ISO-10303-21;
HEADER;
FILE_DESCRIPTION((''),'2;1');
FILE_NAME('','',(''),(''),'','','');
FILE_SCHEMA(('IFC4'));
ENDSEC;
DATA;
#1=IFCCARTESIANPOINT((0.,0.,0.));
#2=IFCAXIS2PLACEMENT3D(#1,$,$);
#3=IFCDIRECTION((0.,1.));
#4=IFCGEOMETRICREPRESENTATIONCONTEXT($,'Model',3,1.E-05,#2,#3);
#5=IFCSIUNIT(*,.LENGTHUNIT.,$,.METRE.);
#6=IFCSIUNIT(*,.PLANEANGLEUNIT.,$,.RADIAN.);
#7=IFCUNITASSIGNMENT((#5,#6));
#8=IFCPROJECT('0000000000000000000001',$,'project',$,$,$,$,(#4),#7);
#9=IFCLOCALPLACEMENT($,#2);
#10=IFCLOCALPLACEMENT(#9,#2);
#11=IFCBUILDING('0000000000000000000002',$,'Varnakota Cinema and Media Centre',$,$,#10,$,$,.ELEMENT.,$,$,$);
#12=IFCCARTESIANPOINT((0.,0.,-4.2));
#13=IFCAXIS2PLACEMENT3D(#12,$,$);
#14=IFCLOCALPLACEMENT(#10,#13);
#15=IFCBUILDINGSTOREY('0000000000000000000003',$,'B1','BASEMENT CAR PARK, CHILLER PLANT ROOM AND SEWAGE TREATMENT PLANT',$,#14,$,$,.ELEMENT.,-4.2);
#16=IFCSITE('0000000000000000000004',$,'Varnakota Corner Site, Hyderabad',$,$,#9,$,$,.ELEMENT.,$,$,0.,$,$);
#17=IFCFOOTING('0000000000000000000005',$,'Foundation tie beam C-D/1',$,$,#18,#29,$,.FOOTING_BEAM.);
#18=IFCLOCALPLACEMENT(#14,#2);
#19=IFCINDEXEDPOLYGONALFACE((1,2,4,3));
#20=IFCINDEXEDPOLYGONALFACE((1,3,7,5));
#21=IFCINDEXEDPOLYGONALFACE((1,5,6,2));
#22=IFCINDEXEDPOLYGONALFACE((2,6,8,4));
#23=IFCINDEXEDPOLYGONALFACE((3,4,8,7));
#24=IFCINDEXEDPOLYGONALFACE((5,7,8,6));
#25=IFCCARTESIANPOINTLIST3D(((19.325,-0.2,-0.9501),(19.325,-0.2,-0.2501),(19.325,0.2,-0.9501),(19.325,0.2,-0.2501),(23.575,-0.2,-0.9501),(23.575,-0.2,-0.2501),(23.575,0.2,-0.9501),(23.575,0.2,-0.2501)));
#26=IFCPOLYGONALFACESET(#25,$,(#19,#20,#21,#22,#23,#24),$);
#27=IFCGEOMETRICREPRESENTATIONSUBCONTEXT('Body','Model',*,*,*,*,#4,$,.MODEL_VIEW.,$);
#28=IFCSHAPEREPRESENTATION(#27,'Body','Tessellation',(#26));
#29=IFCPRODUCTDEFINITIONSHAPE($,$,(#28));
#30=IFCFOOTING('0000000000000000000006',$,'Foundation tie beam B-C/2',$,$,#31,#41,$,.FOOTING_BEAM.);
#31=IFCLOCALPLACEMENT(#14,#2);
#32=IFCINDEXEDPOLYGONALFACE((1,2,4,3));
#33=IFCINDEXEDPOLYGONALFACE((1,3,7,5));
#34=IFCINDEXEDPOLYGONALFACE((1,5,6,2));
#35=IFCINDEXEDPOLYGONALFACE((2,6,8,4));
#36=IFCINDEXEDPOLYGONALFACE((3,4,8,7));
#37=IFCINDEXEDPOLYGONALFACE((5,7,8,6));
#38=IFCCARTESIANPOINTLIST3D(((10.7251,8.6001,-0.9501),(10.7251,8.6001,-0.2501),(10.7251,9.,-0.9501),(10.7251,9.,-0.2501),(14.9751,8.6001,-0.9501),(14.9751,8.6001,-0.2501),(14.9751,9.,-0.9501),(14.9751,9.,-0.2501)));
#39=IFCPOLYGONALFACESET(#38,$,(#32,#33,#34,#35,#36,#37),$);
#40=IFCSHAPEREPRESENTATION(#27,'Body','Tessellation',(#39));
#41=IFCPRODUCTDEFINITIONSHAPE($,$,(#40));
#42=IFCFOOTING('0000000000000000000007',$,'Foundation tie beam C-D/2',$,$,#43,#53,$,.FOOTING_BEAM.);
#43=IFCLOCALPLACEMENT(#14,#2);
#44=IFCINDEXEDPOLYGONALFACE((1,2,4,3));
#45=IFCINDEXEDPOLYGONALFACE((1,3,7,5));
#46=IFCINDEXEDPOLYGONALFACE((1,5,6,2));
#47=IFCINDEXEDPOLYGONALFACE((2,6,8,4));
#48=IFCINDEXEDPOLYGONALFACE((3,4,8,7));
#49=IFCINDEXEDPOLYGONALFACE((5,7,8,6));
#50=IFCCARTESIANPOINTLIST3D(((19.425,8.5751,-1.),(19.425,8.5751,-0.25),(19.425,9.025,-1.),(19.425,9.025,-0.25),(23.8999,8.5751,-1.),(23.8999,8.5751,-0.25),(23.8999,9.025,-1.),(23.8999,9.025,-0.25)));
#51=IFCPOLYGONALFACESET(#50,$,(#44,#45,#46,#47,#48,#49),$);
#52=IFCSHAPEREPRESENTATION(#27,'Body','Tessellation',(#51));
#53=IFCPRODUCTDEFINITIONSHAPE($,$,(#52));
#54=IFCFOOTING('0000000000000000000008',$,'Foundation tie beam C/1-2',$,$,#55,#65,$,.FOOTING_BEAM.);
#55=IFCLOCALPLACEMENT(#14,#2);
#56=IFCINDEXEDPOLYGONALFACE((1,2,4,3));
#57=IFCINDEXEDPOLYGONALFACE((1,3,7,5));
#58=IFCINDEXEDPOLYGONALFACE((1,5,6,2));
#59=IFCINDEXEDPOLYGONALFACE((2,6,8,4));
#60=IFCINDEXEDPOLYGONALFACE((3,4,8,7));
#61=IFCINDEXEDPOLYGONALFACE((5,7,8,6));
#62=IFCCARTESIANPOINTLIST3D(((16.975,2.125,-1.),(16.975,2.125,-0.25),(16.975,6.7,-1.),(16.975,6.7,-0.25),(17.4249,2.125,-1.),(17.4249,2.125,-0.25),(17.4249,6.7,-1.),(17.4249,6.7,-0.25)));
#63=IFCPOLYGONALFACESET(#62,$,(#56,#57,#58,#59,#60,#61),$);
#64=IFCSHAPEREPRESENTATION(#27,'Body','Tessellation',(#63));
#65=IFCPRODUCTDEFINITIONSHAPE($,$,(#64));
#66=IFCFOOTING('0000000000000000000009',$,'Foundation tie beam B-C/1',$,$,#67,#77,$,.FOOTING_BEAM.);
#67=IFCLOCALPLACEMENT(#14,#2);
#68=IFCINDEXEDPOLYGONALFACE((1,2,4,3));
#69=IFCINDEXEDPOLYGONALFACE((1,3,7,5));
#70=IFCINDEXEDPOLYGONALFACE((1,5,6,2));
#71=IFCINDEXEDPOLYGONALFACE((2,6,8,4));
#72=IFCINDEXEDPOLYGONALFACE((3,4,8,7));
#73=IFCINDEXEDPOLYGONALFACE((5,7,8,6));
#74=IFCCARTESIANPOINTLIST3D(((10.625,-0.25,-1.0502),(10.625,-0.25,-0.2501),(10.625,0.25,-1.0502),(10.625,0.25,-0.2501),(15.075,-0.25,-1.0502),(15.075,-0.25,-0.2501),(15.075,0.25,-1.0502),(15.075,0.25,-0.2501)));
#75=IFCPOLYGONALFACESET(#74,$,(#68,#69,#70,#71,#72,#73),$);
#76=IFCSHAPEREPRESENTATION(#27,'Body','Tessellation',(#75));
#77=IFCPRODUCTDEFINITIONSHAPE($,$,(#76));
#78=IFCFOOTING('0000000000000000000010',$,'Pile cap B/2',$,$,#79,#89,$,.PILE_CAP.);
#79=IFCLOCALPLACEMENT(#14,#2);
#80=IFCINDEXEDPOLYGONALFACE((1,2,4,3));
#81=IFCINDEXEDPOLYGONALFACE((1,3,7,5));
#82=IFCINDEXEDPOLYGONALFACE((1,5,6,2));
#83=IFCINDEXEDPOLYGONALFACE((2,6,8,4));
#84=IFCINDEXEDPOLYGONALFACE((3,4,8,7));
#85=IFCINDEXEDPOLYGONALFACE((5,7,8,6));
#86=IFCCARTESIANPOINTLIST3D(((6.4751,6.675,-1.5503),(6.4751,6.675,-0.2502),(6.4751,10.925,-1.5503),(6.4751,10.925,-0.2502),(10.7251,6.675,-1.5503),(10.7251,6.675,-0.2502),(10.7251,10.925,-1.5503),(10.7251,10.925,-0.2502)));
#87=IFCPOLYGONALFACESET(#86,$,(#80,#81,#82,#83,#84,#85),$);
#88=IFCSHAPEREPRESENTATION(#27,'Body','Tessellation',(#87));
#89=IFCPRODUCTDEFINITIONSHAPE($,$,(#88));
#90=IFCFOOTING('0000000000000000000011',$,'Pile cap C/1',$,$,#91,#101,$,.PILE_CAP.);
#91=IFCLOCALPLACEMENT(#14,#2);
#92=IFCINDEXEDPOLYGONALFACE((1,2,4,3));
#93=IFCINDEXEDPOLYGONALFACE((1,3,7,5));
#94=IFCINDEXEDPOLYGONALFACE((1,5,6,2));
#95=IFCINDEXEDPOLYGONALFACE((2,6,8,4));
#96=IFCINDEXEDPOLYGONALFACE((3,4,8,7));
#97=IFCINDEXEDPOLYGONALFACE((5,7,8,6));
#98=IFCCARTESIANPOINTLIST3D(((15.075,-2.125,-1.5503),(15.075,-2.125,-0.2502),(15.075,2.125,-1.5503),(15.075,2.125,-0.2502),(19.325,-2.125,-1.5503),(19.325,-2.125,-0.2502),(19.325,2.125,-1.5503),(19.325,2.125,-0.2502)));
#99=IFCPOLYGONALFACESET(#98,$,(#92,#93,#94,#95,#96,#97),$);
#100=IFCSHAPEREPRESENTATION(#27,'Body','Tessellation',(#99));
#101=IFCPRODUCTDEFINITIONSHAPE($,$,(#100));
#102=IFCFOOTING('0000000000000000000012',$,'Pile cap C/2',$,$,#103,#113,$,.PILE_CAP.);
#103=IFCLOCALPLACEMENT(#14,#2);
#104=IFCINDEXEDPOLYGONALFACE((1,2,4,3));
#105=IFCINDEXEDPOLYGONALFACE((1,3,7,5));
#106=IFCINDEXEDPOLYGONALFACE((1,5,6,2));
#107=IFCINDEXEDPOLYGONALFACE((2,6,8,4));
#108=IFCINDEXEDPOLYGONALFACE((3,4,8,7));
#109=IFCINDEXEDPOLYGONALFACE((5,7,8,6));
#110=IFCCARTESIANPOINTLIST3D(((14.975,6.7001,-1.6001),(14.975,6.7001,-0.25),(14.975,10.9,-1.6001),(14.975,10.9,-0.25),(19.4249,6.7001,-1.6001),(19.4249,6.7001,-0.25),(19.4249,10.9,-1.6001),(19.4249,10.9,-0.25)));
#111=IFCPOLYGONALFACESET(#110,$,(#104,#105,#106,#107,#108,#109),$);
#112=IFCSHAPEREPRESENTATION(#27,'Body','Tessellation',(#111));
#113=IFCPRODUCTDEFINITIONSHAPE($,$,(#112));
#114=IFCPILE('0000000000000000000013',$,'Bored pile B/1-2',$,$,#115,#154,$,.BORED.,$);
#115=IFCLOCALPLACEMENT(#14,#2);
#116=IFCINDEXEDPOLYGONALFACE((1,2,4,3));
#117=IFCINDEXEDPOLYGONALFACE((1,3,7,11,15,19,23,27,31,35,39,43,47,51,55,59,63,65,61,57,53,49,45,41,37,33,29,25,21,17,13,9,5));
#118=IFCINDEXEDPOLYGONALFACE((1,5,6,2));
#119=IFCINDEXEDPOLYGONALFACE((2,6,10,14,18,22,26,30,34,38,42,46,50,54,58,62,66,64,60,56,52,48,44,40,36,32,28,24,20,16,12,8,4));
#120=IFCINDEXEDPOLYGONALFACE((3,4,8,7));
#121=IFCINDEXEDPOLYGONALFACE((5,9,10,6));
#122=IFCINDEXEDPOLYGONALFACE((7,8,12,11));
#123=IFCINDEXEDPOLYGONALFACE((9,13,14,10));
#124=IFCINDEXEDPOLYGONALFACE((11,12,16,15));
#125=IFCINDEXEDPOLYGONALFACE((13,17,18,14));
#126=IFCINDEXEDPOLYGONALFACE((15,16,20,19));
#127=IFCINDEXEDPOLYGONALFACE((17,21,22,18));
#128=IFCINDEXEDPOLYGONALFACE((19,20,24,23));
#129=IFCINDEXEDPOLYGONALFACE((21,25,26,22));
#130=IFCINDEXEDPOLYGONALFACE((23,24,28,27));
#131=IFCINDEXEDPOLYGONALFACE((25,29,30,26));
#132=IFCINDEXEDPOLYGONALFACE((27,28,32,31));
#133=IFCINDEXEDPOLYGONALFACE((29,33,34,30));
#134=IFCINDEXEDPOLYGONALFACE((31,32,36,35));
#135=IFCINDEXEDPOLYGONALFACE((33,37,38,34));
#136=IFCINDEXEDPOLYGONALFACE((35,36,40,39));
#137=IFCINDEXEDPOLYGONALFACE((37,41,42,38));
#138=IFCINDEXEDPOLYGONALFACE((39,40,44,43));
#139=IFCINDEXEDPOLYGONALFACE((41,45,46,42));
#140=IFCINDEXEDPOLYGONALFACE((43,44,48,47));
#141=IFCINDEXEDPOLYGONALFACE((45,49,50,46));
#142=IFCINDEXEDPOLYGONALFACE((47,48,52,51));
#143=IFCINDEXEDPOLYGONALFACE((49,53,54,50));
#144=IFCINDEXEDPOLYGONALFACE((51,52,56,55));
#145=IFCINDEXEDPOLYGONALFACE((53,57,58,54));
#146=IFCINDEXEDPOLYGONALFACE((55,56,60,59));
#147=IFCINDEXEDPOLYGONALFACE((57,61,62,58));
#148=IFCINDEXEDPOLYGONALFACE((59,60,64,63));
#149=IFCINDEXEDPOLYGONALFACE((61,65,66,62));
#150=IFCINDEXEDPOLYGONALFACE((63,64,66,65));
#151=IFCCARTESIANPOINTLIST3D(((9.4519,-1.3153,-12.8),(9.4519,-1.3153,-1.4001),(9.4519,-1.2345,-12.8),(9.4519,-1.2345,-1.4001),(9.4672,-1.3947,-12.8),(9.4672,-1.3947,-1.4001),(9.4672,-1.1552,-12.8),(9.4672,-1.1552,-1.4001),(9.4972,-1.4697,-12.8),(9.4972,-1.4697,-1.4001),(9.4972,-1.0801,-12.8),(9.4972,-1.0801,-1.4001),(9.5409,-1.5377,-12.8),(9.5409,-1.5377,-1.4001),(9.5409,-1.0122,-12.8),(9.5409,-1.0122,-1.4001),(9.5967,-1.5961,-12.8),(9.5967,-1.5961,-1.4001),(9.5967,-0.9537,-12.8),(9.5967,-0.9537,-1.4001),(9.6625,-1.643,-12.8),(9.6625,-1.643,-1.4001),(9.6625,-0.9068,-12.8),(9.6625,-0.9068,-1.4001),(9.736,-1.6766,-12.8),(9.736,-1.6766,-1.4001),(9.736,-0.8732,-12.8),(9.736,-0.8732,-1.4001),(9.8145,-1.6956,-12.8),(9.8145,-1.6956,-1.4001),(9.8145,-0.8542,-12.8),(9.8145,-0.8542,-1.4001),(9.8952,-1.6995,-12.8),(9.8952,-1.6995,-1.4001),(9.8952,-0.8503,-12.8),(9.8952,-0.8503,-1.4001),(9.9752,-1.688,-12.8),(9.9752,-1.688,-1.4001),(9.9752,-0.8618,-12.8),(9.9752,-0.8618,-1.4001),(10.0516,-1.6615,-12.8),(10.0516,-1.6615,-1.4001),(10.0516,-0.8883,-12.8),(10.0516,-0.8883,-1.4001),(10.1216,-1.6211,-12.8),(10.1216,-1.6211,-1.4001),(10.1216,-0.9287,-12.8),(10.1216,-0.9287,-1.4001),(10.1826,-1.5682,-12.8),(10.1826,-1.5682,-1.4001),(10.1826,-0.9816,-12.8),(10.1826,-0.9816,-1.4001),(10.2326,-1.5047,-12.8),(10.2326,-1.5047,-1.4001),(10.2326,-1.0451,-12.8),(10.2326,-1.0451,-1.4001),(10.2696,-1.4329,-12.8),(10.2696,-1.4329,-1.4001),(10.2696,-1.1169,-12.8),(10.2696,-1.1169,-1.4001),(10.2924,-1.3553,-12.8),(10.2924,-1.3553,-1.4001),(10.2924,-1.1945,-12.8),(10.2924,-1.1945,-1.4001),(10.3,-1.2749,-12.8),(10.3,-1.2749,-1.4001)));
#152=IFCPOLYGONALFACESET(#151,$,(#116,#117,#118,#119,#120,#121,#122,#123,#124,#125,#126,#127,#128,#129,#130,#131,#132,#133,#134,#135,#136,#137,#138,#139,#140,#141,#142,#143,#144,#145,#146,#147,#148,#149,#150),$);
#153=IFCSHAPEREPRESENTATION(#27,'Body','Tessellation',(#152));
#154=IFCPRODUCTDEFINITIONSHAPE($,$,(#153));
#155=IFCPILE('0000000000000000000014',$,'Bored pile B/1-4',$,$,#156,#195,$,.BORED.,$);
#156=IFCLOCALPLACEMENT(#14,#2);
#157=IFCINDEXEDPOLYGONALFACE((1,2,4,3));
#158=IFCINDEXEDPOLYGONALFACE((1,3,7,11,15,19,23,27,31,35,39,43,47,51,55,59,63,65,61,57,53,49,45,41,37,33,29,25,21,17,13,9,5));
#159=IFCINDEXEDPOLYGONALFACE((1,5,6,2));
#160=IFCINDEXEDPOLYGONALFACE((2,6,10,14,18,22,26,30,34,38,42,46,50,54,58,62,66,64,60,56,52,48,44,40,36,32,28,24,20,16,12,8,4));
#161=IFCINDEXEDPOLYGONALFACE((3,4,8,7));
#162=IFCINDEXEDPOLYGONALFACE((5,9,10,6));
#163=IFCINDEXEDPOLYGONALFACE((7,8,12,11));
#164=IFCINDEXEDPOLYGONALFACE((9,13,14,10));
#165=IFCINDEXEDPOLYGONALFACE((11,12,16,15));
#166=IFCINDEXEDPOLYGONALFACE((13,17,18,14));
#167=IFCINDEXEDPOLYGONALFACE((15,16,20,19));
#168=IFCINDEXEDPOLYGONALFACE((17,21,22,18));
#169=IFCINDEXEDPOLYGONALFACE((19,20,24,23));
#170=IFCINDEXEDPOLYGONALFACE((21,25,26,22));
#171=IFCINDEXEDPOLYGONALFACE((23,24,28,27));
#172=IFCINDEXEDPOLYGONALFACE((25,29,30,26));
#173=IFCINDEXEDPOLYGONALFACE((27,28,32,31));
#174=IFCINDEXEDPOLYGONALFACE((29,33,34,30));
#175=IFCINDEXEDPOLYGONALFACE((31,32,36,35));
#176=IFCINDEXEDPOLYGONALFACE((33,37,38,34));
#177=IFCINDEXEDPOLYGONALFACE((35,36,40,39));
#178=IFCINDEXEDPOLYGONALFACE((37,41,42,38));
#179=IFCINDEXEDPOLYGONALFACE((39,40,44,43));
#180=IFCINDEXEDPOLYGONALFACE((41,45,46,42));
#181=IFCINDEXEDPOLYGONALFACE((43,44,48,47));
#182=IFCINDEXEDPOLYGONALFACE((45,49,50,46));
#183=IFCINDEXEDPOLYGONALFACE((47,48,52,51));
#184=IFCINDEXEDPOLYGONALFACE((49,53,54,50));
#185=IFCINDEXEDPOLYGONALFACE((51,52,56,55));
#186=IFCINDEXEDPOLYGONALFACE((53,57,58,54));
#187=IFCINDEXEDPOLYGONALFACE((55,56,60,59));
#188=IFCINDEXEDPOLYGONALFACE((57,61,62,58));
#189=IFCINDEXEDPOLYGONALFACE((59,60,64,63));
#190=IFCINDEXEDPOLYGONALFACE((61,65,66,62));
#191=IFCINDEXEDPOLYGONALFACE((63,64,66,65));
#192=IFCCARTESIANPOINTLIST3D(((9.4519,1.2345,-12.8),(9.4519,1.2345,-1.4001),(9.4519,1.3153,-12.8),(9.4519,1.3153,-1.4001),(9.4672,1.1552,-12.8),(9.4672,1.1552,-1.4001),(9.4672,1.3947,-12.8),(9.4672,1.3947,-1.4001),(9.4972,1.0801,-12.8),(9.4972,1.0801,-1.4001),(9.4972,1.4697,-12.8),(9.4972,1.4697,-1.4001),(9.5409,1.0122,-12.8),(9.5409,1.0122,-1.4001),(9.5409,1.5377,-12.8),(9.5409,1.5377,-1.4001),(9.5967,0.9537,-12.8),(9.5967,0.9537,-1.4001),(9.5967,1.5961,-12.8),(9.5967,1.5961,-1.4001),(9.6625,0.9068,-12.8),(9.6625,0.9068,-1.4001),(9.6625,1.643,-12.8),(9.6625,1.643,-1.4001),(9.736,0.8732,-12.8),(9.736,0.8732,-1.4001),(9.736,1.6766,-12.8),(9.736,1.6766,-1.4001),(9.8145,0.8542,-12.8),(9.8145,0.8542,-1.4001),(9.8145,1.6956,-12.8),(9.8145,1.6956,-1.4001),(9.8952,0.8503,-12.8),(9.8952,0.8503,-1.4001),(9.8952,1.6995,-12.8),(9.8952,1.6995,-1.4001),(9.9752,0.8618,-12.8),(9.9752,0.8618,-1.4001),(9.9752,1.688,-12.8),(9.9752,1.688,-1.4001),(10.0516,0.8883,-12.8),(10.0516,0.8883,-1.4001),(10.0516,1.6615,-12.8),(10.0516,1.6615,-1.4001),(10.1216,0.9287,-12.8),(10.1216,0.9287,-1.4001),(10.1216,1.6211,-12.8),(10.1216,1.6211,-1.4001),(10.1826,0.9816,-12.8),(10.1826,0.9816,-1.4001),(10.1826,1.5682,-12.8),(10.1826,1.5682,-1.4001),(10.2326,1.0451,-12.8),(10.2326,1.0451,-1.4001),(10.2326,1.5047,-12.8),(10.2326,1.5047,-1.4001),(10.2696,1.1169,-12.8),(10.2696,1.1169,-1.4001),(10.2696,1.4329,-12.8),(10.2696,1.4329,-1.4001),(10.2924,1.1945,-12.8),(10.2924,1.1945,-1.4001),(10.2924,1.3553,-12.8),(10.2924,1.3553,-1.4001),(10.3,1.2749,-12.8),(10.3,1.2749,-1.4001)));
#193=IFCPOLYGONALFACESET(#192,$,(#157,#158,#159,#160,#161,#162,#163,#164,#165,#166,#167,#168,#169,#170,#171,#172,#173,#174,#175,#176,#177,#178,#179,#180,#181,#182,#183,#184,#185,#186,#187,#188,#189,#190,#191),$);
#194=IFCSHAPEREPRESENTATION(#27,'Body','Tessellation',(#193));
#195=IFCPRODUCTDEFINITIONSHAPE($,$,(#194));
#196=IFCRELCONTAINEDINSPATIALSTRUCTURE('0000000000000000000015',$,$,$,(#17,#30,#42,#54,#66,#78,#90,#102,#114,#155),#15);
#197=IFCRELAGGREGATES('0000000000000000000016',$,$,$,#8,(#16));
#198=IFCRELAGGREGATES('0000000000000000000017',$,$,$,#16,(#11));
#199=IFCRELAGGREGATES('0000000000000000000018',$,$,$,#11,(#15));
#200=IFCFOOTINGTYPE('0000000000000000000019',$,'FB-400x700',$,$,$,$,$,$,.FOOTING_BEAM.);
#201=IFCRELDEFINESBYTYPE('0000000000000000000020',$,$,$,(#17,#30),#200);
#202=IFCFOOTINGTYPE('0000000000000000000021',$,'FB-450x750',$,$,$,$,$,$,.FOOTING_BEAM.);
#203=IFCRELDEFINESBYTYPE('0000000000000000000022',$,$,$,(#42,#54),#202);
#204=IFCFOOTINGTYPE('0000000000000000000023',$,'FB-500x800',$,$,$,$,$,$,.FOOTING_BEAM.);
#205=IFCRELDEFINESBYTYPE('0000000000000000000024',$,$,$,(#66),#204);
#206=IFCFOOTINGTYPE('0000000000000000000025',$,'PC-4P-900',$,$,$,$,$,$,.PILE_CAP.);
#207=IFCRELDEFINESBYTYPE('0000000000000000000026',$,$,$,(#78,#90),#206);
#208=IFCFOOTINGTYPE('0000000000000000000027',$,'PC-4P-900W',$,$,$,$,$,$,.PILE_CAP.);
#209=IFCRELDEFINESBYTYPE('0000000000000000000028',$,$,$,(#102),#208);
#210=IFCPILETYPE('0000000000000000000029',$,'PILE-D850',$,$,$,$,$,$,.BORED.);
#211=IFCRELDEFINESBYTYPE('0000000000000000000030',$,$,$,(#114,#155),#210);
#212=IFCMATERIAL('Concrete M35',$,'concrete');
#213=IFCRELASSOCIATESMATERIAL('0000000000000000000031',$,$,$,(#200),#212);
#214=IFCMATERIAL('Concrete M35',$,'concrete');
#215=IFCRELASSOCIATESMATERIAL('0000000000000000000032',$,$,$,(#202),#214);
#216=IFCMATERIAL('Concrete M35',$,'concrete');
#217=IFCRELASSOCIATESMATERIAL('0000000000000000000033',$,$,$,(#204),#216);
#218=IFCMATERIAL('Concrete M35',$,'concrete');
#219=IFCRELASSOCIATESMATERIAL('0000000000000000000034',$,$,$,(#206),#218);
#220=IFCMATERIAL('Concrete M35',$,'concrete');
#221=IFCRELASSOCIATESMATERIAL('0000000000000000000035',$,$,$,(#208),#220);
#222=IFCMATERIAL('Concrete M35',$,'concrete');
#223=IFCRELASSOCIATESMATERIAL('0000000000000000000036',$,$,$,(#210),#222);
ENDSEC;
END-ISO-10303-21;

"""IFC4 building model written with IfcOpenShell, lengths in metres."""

from ifc_helpers import new_model, si_unit, direction, frame, origin, origin_2d, place, context, subcontext, project, spatial, rectangle, circle, extrude, material, material_profile, profile_set, type_object, element, save


model = new_model("IFC4")

# Units and contexts
model_context = context("Model", 3, precision=1e-05, world=origin(), true_north=direction((0.0, 1.0)))
body_context = subcontext(model_context, "Body", "Model", "MODEL_VIEW")
ifc_project = project(units=[si_unit("LENGTHUNIT", "METRE"), si_unit("PLANEANGLEUNIT", "RADIAN")], contexts=[model_context])

# Site, building, storey
site_placement = place(None, origin())
site = spatial("IfcSite", under=ifc_project, at=site_placement, Name="Varnakota Corner Site, Hyderabad", CompositionType="ELEMENT", RefElevation=0.0)
building_placement = place(site_placement, origin())
building = spatial("IfcBuilding", under=site, at=building_placement, Name="Varnakota Cinema and Media Centre", CompositionType="ELEMENT")
storey_placement = place(building_placement, frame((0.0, 0.0, -4.2)))
storey = spatial("IfcBuildingStorey", under=building, at=storey_placement, Name="B1", Description="BASEMENT CAR PARK, CHILLER PLANT ROOM AND SEWAGE TREATMENT PLANT", CompositionType="ELEMENT", Elevation=-4.2)

# Footings
ifc_material_1 = material(Name="Concrete M35", Category="concrete")
ifc_material_profile_1 = material_profile(ifc_material_1, rectangle(XDim=0.3999, YDim=0.7, at=origin_2d()), Name="FB 400x700")
ifc_profile_set_1 = profile_set([ifc_material_profile_1], Name="Concrete M35")
footing_type_1 = type_object("IfcFootingType", Name="FB-400x700", PredefinedType="FOOTING_BEAM", material=ifc_profile_set_1)
for number, where, z_axis, x_axis, name in (
    (1, (19.325, 0.0, -0.6001), (1.0, 0.0, 0.0), (0.0, 1.0, 0.0), "Foundation tie beam C-D/1"),
    (2, (10.7251, 8.8, -0.6001), (1.0, 0.0, 0.0), (0.0, 1.0, 0.0), "Foundation tie beam B-C/2"),
):
    element("IfcFooting", number, at=place(storey_placement, frame(where, z_axis=z_axis, x_axis=x_axis)), inside=storey, type_object=footing_type_1, Name=name, PredefinedType="FOOTING_BEAM", context=body_context, shape_type="SweptSolid", body=[
        extrude(rectangle(XDim=0.3999, YDim=0.7, at=origin_2d()), origin(), (0.0, 0.0, 1.0), 4.25),
    ])
ifc_material_2 = material(Name="Concrete M35", Category="concrete")
ifc_material_profile_2 = material_profile(ifc_material_2, rectangle(XDim=0.45, YDim=0.75, at=origin_2d()), Name="FB 450x750")
ifc_profile_set_2 = profile_set([ifc_material_profile_2], Name="Concrete M35")
footing_type_2 = type_object("IfcFootingType", Name="FB-450x750", PredefinedType="FOOTING_BEAM", material=ifc_profile_set_2)
footing_1_placement = place(storey_placement, frame((19.425, 8.8, -0.625), z_axis=(1.0, 0.0, 0.0), x_axis=(0.0, 1.0, 0.0)))
element("IfcFooting", 3, at=footing_1_placement, inside=storey, type_object=footing_type_2, Name="Foundation tie beam C-D/2", PredefinedType="FOOTING_BEAM", context=body_context, shape_type="SweptSolid", body=[
    extrude(rectangle(XDim=0.45, YDim=0.75, at=origin_2d()), origin(), (0.0, 0.0, 1.0), 4.4749),
])
footing_2_placement = place(storey_placement, frame((17.2, 2.125, -0.625), z_axis=(0.0, 1.0, 0.0), x_axis=(-1.0, 0.0, 0.0)))
element("IfcFooting", 4, at=footing_2_placement, inside=storey, type_object=footing_type_2, Name="Foundation tie beam C/1-2", PredefinedType="FOOTING_BEAM", context=body_context, shape_type="SweptSolid", body=[
    extrude(rectangle(XDim=0.45, YDim=0.75, at=origin_2d()), origin(), (0.0, 0.0, 1.0), 4.575),
])
ifc_material_3 = material(Name="Concrete M35", Category="concrete")
ifc_material_profile_3 = material_profile(ifc_material_3, rectangle(XDim=0.5, YDim=0.8, at=origin_2d()), Name="FB 500x800")
ifc_profile_set_3 = profile_set([ifc_material_profile_3], Name="Concrete M35")
footing_type_3 = type_object("IfcFootingType", Name="FB-500x800", PredefinedType="FOOTING_BEAM", material=ifc_profile_set_3)
footing_3_placement = place(storey_placement, frame((10.625, 0.0, -0.6501), z_axis=(1.0, 0.0, 0.0), x_axis=(0.0, 1.0, 0.0)))
element("IfcFooting", 5, at=footing_3_placement, inside=storey, type_object=footing_type_3, Name="Foundation tie beam B-C/1", PredefinedType="FOOTING_BEAM", context=body_context, shape_type="SweptSolid", body=[
    extrude(rectangle(XDim=0.5, YDim=0.8, at=origin_2d()), origin(), (0.0, 0.0, 1.0), 4.45),
])
ifc_material_4 = material(Name="Concrete M35", Category="concrete")
footing_type_4 = type_object("IfcFootingType", Name="PC-4P-900", PredefinedType="PILE_CAP", material=ifc_material_4)
for number, where, z_axis, x_axis, name in (
    (6, (8.6001, 8.8, -1.5503), (0.0, 0.0, 1.0), (1.0, 0.0, 0.0), "Pile cap B/2"),
    (7, (17.2, 0.0, -1.5503), (0.0, 0.0, 1.0), (1.0, 0.0, 0.0), "Pile cap C/1"),
):
    element("IfcFooting", number, at=place(storey_placement, frame(where, z_axis=z_axis, x_axis=x_axis)), inside=storey, type_object=footing_type_4, Name=name, PredefinedType="PILE_CAP", context=body_context, shape_type="SweptSolid", body=[
        extrude(rectangle(XDim=4.25, YDim=4.25, at=origin_2d()), origin(), (0.0, 0.0, 1.0), 1.3),
    ])
ifc_material_5 = material(Name="Concrete M35", Category="concrete")
footing_type_5 = type_object("IfcFootingType", Name="PC-4P-900W", PredefinedType="PILE_CAP", material=ifc_material_5)
footing_4_placement = place(storey_placement, frame((17.2, 8.8, -1.6001), z_axis=(0.0, 0.0, 1.0), x_axis=(1.0, 0.0, 0.0)))
element("IfcFooting", 8, at=footing_4_placement, inside=storey, type_object=footing_type_5, Name="Pile cap C/2", PredefinedType="PILE_CAP", context=body_context, shape_type="SweptSolid", body=[
    extrude(rectangle(XDim=4.45, YDim=4.2, at=origin_2d()), origin(), (0.0, 0.0, 1.0), 1.3501),
])

# Piles
ifc_material_6 = material(Name="Concrete M35", Category="concrete")
ifc_material_profile_4 = material_profile(ifc_material_6, circle(Radius=0.425, at=origin_2d()), Name="PILE D850")
ifc_profile_set_4 = profile_set([ifc_material_profile_4], Name="Concrete M35")
pile_type_1 = type_object("IfcPileType", Name="PILE-D850", PredefinedType="BORED", material=ifc_profile_set_4)
for number, where, z_axis, x_axis, name in (
    (9, (9.875, -1.2749, -1.4001), (0.0, 0.0, -1.0), (1.0, 0.0, 0.0), "Bored pile B/1-2"),
    (10, (9.875, 1.2749, -1.4001), (0.0, 0.0, -1.0), (1.0, 0.0, 0.0), "Bored pile B/1-4"),
):
    element("IfcPile", number, at=place(storey_placement, frame(where, z_axis=z_axis, x_axis=x_axis)), inside=storey, type_object=pile_type_1, Name=name, PredefinedType="BORED", context=body_context, shape_type="SweptSolid", body=[
        extrude(circle(Radius=0.425, at=origin_2d()), origin(), (0.0, 0.0, 1.0), 11.3999),
    ])

save(model, "model.ifc")
